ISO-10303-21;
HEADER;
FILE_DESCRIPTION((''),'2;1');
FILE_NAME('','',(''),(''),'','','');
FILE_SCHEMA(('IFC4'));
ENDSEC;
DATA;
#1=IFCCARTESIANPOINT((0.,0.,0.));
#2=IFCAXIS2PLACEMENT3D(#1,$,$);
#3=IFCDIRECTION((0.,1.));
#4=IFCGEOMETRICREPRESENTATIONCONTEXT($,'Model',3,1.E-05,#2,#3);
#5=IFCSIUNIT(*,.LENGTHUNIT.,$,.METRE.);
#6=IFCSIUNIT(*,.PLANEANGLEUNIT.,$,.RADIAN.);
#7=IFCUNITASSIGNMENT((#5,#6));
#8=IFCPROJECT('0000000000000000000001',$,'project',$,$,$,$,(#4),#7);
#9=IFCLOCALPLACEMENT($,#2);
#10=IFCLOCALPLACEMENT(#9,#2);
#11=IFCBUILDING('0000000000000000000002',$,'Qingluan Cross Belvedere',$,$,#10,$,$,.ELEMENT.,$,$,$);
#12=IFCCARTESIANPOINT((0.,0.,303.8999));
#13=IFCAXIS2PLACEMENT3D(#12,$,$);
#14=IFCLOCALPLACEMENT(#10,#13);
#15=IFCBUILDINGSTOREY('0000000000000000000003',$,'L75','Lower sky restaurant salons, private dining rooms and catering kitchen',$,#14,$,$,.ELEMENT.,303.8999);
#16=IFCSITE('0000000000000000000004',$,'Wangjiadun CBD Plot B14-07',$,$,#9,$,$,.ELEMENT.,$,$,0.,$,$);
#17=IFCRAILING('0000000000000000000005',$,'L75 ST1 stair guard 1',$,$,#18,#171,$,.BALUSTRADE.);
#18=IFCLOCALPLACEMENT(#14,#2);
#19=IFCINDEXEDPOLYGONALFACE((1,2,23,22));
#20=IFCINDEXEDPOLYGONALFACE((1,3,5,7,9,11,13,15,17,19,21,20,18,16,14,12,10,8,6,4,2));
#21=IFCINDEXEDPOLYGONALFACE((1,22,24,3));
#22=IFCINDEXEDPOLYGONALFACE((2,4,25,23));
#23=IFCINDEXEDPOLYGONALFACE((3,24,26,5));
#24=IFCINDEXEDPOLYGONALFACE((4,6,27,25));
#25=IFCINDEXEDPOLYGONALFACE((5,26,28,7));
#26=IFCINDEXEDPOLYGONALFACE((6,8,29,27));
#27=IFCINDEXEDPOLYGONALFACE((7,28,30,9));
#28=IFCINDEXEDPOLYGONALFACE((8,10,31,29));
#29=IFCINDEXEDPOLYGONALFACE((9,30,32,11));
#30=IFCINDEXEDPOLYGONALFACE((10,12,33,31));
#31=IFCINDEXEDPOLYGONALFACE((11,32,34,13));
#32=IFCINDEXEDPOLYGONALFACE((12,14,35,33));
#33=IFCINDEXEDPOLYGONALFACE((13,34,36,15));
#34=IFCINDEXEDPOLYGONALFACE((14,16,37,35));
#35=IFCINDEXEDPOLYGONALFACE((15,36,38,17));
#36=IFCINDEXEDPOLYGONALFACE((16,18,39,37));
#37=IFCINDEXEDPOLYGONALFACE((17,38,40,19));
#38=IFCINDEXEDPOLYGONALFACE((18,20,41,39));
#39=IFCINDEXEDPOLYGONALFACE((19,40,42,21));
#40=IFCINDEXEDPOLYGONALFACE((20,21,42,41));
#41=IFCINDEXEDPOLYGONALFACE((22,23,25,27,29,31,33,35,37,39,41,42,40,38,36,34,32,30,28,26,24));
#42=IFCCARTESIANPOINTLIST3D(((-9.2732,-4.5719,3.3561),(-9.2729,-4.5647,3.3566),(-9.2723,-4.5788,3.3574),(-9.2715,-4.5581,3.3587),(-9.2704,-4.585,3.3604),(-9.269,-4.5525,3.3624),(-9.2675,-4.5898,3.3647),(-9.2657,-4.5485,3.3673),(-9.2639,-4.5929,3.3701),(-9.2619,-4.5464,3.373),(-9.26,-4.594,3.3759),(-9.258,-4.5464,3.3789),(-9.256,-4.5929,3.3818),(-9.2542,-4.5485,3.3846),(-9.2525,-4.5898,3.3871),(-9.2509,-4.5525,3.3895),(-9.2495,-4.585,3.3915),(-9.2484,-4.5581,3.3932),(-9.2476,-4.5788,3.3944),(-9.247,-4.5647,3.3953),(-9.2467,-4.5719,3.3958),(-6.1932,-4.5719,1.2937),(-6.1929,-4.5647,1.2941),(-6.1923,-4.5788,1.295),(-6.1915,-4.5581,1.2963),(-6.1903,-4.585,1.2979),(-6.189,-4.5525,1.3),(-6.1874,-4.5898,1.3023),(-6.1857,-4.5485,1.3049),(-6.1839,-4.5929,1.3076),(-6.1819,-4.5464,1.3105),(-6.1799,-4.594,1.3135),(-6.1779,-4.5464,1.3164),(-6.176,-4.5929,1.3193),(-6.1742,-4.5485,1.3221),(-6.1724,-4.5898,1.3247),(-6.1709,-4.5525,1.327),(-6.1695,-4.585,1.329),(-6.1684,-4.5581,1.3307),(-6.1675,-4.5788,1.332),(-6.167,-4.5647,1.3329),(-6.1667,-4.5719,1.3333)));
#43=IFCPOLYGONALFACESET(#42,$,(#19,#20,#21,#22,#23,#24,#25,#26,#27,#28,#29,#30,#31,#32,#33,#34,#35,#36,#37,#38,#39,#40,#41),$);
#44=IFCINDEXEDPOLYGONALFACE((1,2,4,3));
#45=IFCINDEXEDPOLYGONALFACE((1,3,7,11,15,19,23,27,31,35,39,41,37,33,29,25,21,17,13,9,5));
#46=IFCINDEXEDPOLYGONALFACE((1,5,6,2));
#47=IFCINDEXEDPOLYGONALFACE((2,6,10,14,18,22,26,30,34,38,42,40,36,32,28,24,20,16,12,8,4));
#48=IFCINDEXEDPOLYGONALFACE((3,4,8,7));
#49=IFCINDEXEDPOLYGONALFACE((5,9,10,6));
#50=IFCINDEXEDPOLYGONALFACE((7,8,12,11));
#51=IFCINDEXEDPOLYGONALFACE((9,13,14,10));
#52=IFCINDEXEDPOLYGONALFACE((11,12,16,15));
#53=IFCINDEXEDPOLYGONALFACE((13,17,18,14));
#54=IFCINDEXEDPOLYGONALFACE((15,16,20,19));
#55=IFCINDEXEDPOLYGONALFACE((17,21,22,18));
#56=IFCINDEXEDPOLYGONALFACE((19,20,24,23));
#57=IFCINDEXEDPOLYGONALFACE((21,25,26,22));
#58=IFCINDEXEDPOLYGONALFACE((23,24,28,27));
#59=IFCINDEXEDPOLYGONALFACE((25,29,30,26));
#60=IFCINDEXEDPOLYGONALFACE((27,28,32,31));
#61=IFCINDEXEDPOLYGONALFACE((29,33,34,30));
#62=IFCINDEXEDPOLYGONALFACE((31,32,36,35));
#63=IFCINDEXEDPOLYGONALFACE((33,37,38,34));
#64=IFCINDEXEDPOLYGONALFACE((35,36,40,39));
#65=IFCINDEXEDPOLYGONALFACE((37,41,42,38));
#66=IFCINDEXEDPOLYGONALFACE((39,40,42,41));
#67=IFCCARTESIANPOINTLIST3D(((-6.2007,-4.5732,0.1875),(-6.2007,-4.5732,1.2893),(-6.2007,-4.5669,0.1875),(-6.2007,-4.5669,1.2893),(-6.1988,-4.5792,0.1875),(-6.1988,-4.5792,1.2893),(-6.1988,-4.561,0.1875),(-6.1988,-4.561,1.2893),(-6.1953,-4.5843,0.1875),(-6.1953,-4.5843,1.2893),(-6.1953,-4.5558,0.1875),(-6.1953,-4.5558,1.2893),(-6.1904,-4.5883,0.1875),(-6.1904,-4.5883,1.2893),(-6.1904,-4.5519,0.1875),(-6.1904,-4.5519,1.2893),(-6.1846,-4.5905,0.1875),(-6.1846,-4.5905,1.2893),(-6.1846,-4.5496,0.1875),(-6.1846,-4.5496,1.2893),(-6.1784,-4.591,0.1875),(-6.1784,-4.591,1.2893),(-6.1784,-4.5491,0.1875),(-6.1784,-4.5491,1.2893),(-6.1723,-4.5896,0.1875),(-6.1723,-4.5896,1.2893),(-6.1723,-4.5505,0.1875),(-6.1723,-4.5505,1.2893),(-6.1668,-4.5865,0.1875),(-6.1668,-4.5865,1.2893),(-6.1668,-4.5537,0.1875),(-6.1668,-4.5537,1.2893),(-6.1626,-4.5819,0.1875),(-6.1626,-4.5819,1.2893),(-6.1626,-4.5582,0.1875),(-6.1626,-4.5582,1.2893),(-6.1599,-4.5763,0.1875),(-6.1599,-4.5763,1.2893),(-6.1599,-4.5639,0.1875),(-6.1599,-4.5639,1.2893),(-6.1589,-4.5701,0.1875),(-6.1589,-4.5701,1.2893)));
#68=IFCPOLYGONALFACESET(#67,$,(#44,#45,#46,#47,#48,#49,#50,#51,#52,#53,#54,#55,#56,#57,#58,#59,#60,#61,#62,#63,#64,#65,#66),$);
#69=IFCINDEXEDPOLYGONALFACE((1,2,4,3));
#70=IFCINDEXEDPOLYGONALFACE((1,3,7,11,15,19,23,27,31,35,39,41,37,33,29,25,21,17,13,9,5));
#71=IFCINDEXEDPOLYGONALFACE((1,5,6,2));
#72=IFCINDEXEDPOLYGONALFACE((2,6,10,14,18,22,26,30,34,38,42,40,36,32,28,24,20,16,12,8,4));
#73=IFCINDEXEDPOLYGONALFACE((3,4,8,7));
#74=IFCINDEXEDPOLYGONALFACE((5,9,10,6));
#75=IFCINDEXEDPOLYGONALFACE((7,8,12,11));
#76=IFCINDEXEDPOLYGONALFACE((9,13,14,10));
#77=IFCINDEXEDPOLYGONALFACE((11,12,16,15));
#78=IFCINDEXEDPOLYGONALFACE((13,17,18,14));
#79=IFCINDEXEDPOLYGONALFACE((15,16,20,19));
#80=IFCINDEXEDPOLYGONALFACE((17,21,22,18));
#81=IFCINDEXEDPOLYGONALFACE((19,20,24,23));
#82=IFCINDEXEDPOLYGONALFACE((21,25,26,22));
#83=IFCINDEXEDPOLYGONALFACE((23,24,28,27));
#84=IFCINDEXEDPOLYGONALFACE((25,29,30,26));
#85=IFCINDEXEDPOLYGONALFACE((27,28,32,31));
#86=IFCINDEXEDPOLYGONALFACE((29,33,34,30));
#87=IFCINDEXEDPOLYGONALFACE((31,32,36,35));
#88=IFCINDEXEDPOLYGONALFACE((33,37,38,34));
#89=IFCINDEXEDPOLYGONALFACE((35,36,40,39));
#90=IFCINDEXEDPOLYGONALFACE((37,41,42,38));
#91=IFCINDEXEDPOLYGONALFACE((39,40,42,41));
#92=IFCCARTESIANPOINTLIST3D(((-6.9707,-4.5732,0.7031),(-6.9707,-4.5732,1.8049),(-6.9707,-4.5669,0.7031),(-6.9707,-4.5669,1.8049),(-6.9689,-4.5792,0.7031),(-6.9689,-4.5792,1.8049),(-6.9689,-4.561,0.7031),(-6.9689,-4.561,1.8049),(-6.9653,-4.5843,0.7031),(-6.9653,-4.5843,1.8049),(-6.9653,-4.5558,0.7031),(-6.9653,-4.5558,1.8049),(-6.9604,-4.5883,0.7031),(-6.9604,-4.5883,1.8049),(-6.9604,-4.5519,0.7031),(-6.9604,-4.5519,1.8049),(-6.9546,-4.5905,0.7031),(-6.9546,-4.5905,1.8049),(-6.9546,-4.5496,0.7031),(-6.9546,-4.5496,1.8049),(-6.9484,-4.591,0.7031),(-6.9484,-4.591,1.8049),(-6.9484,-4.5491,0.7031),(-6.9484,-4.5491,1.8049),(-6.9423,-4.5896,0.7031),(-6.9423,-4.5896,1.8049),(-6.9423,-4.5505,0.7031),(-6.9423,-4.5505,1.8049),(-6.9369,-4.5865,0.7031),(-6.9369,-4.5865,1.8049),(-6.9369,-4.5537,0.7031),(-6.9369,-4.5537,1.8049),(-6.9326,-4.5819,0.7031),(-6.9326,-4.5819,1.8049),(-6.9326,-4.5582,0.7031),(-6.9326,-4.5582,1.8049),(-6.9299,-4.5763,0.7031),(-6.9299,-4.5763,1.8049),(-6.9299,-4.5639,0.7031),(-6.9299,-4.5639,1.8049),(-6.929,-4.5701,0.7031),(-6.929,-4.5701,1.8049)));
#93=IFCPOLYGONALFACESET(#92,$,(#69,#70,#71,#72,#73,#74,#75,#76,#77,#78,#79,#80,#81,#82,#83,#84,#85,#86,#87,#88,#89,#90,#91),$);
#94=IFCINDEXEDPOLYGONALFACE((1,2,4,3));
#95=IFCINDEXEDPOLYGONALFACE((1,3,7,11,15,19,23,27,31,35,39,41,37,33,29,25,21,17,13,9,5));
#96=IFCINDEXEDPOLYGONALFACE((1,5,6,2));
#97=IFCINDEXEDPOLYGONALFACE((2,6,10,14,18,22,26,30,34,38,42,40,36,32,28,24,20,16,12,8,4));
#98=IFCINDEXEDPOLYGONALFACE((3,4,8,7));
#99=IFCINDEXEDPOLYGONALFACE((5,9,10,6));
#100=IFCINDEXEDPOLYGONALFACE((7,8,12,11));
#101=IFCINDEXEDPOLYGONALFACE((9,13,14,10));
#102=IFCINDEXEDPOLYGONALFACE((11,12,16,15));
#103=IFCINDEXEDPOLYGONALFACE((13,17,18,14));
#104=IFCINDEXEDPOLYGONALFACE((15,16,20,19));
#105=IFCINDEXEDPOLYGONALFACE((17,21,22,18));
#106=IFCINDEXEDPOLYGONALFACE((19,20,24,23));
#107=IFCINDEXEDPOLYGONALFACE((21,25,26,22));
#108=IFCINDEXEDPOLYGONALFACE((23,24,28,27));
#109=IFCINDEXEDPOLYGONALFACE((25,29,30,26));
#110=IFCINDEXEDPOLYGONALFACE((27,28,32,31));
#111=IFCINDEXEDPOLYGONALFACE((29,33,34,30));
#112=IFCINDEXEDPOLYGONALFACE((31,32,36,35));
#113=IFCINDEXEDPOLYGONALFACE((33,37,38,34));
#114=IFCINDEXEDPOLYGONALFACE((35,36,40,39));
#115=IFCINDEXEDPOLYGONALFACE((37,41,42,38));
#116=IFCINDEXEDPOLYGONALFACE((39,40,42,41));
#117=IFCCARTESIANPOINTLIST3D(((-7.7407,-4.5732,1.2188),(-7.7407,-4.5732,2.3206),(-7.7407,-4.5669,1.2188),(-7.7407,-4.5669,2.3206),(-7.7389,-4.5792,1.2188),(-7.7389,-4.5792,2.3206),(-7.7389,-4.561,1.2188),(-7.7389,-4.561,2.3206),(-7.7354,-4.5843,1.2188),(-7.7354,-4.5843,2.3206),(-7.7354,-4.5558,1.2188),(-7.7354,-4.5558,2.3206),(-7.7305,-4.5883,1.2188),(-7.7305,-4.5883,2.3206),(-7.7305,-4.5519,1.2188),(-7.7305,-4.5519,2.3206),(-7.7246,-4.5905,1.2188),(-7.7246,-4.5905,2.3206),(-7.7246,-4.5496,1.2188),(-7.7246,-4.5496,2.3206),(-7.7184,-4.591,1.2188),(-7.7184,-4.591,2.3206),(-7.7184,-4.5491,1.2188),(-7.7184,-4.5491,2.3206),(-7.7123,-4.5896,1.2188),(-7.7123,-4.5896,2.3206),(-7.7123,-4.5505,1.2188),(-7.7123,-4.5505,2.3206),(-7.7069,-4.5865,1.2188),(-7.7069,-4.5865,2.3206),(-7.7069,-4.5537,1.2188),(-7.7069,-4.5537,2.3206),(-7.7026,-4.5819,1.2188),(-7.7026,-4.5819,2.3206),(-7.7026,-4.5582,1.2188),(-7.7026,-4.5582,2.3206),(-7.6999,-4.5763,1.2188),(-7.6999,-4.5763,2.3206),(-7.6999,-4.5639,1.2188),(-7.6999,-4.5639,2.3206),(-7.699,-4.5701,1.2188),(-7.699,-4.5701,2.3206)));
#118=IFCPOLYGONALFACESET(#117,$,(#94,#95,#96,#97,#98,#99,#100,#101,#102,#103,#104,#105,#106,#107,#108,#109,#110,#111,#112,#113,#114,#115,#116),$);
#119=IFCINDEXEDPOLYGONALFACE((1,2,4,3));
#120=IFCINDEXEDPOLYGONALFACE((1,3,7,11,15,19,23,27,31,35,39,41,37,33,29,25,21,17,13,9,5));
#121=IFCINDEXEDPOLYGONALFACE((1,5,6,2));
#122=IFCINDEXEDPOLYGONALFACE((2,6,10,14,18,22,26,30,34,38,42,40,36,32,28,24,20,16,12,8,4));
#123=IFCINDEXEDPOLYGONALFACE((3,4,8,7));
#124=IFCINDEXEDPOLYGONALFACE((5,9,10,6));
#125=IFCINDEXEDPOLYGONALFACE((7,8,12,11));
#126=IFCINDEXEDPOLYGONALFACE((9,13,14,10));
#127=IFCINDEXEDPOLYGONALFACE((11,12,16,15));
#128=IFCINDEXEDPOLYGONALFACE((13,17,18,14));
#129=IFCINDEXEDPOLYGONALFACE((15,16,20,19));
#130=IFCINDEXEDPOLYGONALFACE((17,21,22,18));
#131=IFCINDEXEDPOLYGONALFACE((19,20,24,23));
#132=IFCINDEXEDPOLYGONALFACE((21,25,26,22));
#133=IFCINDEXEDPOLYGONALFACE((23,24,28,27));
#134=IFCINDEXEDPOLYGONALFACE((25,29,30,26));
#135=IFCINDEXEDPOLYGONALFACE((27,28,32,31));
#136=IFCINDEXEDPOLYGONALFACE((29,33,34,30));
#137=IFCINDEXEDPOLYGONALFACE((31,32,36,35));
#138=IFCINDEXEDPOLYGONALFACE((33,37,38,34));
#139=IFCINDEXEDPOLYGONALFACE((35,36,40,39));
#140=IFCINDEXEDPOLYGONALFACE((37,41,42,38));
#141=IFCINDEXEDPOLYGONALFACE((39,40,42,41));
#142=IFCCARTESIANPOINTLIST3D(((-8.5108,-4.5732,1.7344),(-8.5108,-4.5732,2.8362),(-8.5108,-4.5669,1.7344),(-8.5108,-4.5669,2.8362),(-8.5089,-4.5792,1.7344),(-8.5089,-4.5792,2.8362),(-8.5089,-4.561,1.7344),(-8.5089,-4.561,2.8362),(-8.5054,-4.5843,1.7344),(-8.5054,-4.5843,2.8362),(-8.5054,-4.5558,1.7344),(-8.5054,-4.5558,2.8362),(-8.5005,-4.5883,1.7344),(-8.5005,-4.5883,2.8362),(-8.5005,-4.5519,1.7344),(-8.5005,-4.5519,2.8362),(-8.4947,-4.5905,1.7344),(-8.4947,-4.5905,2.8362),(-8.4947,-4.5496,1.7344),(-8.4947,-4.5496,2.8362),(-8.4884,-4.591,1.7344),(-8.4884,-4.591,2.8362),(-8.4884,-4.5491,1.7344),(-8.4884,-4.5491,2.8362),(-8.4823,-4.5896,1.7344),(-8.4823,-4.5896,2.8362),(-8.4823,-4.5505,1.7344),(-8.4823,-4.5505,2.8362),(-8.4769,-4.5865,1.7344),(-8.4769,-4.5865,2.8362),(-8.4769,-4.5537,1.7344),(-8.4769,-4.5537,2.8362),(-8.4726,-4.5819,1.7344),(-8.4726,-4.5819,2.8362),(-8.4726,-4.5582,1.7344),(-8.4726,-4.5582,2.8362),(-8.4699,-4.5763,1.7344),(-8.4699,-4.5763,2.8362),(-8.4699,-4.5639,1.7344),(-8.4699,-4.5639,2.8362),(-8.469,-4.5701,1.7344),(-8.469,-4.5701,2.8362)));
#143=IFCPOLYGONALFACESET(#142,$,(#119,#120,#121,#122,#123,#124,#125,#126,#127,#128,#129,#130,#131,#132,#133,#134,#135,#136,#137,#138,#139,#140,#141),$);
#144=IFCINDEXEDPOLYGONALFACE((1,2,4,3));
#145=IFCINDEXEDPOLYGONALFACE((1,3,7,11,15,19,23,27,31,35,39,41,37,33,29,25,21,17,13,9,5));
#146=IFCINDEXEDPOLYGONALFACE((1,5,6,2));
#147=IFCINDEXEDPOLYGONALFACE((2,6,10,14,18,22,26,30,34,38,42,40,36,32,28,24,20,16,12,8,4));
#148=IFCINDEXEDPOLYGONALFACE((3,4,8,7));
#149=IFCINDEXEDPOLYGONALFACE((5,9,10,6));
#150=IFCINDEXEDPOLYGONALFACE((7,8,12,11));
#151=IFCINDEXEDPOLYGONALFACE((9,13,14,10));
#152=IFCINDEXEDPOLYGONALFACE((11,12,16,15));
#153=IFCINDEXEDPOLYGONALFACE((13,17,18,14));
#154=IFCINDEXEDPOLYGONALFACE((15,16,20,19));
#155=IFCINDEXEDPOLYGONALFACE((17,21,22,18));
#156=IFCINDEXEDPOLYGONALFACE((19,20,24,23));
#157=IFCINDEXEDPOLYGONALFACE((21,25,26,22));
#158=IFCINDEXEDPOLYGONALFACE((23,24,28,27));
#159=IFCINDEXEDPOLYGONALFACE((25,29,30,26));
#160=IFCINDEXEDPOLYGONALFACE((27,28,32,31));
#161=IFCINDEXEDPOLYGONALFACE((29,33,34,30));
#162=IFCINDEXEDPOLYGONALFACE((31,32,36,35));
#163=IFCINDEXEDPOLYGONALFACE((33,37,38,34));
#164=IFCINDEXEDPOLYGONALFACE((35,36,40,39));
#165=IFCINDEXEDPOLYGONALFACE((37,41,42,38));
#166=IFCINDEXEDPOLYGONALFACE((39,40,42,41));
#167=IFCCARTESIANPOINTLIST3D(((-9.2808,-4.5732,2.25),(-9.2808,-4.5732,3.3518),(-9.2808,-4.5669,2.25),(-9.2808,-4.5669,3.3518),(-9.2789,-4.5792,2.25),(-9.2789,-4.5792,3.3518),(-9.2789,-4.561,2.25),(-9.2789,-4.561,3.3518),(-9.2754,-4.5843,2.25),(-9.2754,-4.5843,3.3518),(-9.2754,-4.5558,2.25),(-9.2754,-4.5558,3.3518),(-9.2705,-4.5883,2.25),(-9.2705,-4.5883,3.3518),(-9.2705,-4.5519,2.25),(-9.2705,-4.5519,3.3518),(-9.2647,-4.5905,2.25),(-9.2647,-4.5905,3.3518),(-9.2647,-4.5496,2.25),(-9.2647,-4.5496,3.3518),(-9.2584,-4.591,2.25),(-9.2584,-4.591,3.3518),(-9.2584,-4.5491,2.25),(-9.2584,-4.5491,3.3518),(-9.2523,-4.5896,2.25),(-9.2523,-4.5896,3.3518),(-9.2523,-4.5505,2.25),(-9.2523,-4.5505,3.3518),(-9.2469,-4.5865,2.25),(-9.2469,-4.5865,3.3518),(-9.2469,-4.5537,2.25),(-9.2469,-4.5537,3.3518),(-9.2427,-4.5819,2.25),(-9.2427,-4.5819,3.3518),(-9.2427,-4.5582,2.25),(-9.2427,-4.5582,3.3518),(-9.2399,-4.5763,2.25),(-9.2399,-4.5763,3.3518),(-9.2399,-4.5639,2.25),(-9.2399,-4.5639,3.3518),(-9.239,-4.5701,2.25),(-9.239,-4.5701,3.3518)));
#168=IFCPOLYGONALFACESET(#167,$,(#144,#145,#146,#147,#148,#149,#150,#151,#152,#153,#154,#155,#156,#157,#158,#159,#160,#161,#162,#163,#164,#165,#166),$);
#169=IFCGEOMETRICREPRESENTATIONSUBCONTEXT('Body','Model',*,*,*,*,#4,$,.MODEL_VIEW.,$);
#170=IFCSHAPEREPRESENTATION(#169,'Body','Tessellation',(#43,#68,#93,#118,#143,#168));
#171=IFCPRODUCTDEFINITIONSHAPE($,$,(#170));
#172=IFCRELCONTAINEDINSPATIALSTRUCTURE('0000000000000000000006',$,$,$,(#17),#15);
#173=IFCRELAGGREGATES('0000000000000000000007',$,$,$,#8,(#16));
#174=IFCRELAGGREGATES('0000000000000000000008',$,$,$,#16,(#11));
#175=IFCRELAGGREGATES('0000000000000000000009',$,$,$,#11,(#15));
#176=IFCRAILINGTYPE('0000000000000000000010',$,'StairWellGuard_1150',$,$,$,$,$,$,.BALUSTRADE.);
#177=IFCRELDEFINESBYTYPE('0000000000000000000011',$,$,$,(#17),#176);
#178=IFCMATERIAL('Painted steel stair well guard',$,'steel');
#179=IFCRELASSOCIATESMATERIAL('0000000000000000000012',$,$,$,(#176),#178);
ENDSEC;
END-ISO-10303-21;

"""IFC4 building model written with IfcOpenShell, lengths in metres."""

from ifc_helpers import new_model, si_unit, direction, frame, origin, origin_2d, place, context, subcontext, project, spatial, circle, extrude, material, type_object, element, save


model = new_model("IFC4")

# Units and contexts
model_context = context("Model", 3, precision=1e-05, world=origin(), true_north=direction((0.0, 1.0)))
body_context = subcontext(model_context, "Body", "Model", "MODEL_VIEW")
ifc_project = project(units=[si_unit("LENGTHUNIT", "METRE"), si_unit("PLANEANGLEUNIT", "RADIAN")], contexts=[model_context])

# Site, building, storey
site_placement = place(None, origin())
site = spatial("IfcSite", under=ifc_project, at=site_placement, Name="Wangjiadun CBD Plot B14-07", CompositionType="ELEMENT", RefElevation=0.0)
building_placement = place(site_placement, origin())
building = spatial("IfcBuilding", under=site, at=building_placement, Name="Qingluan Cross Belvedere", CompositionType="ELEMENT")
storey_placement = place(building_placement, frame((0.0, 0.0, 303.8999)))
storey = spatial("IfcBuildingStorey", under=building, at=storey_placement, Name="L75", Description="Lower sky restaurant salons, private dining rooms and catering kitchen", CompositionType="ELEMENT", Elevation=303.8999)

# Railing
ifc_material_1 = material(Name="Painted steel stair well guard", Category="steel")
railing_type_1 = type_object("IfcRailingType", Name="StairWellGuard_1150", PredefinedType="BALUSTRADE", material=ifc_material_1)
railing_1_placement = place(storey_placement, frame((-6.1799, -4.5701, 0.1875)))
element("IfcRailing", 1, at=railing_1_placement, inside=storey, type_object=railing_type_1, Name="L75 ST1 stair guard 1", PredefinedType="BALUSTRADE", context=body_context, shape_type="SweptSolid", body=[
    extrude(circle(Radius=0.0239, at=origin_2d()), frame((0.0, 0.0, 1.126), z_axis=(-0.830914, 0.0, 0.556401), x_axis=(0.0, -1.0, 0.0)), (0.0, 0.0, 1.0), 3.7068),
    extrude(circle(Radius=0.021, at=origin_2d()), origin(), (0.0, 0.0, 1.0), 1.1018),
    extrude(circle(Radius=0.021, at=origin_2d()), frame((-0.77, 0.0, 0.5156)), (0.0, 0.0, 1.0), 1.1018),
    extrude(circle(Radius=0.021, at=origin_2d()), frame((-1.54, 0.0, 1.0312)), (0.0, 0.0, 1.0), 1.1018),
    extrude(circle(Radius=0.021, at=origin_2d()), frame((-2.3101, 0.0, 1.5469)), (0.0, 0.0, 1.0), 1.1018),
    extrude(circle(Radius=0.021, at=origin_2d()), frame((-3.0801, 0.0, 2.0625)), (0.0, 0.0, 1.0), 1.1018),
])

save(model, "model.ifc")
